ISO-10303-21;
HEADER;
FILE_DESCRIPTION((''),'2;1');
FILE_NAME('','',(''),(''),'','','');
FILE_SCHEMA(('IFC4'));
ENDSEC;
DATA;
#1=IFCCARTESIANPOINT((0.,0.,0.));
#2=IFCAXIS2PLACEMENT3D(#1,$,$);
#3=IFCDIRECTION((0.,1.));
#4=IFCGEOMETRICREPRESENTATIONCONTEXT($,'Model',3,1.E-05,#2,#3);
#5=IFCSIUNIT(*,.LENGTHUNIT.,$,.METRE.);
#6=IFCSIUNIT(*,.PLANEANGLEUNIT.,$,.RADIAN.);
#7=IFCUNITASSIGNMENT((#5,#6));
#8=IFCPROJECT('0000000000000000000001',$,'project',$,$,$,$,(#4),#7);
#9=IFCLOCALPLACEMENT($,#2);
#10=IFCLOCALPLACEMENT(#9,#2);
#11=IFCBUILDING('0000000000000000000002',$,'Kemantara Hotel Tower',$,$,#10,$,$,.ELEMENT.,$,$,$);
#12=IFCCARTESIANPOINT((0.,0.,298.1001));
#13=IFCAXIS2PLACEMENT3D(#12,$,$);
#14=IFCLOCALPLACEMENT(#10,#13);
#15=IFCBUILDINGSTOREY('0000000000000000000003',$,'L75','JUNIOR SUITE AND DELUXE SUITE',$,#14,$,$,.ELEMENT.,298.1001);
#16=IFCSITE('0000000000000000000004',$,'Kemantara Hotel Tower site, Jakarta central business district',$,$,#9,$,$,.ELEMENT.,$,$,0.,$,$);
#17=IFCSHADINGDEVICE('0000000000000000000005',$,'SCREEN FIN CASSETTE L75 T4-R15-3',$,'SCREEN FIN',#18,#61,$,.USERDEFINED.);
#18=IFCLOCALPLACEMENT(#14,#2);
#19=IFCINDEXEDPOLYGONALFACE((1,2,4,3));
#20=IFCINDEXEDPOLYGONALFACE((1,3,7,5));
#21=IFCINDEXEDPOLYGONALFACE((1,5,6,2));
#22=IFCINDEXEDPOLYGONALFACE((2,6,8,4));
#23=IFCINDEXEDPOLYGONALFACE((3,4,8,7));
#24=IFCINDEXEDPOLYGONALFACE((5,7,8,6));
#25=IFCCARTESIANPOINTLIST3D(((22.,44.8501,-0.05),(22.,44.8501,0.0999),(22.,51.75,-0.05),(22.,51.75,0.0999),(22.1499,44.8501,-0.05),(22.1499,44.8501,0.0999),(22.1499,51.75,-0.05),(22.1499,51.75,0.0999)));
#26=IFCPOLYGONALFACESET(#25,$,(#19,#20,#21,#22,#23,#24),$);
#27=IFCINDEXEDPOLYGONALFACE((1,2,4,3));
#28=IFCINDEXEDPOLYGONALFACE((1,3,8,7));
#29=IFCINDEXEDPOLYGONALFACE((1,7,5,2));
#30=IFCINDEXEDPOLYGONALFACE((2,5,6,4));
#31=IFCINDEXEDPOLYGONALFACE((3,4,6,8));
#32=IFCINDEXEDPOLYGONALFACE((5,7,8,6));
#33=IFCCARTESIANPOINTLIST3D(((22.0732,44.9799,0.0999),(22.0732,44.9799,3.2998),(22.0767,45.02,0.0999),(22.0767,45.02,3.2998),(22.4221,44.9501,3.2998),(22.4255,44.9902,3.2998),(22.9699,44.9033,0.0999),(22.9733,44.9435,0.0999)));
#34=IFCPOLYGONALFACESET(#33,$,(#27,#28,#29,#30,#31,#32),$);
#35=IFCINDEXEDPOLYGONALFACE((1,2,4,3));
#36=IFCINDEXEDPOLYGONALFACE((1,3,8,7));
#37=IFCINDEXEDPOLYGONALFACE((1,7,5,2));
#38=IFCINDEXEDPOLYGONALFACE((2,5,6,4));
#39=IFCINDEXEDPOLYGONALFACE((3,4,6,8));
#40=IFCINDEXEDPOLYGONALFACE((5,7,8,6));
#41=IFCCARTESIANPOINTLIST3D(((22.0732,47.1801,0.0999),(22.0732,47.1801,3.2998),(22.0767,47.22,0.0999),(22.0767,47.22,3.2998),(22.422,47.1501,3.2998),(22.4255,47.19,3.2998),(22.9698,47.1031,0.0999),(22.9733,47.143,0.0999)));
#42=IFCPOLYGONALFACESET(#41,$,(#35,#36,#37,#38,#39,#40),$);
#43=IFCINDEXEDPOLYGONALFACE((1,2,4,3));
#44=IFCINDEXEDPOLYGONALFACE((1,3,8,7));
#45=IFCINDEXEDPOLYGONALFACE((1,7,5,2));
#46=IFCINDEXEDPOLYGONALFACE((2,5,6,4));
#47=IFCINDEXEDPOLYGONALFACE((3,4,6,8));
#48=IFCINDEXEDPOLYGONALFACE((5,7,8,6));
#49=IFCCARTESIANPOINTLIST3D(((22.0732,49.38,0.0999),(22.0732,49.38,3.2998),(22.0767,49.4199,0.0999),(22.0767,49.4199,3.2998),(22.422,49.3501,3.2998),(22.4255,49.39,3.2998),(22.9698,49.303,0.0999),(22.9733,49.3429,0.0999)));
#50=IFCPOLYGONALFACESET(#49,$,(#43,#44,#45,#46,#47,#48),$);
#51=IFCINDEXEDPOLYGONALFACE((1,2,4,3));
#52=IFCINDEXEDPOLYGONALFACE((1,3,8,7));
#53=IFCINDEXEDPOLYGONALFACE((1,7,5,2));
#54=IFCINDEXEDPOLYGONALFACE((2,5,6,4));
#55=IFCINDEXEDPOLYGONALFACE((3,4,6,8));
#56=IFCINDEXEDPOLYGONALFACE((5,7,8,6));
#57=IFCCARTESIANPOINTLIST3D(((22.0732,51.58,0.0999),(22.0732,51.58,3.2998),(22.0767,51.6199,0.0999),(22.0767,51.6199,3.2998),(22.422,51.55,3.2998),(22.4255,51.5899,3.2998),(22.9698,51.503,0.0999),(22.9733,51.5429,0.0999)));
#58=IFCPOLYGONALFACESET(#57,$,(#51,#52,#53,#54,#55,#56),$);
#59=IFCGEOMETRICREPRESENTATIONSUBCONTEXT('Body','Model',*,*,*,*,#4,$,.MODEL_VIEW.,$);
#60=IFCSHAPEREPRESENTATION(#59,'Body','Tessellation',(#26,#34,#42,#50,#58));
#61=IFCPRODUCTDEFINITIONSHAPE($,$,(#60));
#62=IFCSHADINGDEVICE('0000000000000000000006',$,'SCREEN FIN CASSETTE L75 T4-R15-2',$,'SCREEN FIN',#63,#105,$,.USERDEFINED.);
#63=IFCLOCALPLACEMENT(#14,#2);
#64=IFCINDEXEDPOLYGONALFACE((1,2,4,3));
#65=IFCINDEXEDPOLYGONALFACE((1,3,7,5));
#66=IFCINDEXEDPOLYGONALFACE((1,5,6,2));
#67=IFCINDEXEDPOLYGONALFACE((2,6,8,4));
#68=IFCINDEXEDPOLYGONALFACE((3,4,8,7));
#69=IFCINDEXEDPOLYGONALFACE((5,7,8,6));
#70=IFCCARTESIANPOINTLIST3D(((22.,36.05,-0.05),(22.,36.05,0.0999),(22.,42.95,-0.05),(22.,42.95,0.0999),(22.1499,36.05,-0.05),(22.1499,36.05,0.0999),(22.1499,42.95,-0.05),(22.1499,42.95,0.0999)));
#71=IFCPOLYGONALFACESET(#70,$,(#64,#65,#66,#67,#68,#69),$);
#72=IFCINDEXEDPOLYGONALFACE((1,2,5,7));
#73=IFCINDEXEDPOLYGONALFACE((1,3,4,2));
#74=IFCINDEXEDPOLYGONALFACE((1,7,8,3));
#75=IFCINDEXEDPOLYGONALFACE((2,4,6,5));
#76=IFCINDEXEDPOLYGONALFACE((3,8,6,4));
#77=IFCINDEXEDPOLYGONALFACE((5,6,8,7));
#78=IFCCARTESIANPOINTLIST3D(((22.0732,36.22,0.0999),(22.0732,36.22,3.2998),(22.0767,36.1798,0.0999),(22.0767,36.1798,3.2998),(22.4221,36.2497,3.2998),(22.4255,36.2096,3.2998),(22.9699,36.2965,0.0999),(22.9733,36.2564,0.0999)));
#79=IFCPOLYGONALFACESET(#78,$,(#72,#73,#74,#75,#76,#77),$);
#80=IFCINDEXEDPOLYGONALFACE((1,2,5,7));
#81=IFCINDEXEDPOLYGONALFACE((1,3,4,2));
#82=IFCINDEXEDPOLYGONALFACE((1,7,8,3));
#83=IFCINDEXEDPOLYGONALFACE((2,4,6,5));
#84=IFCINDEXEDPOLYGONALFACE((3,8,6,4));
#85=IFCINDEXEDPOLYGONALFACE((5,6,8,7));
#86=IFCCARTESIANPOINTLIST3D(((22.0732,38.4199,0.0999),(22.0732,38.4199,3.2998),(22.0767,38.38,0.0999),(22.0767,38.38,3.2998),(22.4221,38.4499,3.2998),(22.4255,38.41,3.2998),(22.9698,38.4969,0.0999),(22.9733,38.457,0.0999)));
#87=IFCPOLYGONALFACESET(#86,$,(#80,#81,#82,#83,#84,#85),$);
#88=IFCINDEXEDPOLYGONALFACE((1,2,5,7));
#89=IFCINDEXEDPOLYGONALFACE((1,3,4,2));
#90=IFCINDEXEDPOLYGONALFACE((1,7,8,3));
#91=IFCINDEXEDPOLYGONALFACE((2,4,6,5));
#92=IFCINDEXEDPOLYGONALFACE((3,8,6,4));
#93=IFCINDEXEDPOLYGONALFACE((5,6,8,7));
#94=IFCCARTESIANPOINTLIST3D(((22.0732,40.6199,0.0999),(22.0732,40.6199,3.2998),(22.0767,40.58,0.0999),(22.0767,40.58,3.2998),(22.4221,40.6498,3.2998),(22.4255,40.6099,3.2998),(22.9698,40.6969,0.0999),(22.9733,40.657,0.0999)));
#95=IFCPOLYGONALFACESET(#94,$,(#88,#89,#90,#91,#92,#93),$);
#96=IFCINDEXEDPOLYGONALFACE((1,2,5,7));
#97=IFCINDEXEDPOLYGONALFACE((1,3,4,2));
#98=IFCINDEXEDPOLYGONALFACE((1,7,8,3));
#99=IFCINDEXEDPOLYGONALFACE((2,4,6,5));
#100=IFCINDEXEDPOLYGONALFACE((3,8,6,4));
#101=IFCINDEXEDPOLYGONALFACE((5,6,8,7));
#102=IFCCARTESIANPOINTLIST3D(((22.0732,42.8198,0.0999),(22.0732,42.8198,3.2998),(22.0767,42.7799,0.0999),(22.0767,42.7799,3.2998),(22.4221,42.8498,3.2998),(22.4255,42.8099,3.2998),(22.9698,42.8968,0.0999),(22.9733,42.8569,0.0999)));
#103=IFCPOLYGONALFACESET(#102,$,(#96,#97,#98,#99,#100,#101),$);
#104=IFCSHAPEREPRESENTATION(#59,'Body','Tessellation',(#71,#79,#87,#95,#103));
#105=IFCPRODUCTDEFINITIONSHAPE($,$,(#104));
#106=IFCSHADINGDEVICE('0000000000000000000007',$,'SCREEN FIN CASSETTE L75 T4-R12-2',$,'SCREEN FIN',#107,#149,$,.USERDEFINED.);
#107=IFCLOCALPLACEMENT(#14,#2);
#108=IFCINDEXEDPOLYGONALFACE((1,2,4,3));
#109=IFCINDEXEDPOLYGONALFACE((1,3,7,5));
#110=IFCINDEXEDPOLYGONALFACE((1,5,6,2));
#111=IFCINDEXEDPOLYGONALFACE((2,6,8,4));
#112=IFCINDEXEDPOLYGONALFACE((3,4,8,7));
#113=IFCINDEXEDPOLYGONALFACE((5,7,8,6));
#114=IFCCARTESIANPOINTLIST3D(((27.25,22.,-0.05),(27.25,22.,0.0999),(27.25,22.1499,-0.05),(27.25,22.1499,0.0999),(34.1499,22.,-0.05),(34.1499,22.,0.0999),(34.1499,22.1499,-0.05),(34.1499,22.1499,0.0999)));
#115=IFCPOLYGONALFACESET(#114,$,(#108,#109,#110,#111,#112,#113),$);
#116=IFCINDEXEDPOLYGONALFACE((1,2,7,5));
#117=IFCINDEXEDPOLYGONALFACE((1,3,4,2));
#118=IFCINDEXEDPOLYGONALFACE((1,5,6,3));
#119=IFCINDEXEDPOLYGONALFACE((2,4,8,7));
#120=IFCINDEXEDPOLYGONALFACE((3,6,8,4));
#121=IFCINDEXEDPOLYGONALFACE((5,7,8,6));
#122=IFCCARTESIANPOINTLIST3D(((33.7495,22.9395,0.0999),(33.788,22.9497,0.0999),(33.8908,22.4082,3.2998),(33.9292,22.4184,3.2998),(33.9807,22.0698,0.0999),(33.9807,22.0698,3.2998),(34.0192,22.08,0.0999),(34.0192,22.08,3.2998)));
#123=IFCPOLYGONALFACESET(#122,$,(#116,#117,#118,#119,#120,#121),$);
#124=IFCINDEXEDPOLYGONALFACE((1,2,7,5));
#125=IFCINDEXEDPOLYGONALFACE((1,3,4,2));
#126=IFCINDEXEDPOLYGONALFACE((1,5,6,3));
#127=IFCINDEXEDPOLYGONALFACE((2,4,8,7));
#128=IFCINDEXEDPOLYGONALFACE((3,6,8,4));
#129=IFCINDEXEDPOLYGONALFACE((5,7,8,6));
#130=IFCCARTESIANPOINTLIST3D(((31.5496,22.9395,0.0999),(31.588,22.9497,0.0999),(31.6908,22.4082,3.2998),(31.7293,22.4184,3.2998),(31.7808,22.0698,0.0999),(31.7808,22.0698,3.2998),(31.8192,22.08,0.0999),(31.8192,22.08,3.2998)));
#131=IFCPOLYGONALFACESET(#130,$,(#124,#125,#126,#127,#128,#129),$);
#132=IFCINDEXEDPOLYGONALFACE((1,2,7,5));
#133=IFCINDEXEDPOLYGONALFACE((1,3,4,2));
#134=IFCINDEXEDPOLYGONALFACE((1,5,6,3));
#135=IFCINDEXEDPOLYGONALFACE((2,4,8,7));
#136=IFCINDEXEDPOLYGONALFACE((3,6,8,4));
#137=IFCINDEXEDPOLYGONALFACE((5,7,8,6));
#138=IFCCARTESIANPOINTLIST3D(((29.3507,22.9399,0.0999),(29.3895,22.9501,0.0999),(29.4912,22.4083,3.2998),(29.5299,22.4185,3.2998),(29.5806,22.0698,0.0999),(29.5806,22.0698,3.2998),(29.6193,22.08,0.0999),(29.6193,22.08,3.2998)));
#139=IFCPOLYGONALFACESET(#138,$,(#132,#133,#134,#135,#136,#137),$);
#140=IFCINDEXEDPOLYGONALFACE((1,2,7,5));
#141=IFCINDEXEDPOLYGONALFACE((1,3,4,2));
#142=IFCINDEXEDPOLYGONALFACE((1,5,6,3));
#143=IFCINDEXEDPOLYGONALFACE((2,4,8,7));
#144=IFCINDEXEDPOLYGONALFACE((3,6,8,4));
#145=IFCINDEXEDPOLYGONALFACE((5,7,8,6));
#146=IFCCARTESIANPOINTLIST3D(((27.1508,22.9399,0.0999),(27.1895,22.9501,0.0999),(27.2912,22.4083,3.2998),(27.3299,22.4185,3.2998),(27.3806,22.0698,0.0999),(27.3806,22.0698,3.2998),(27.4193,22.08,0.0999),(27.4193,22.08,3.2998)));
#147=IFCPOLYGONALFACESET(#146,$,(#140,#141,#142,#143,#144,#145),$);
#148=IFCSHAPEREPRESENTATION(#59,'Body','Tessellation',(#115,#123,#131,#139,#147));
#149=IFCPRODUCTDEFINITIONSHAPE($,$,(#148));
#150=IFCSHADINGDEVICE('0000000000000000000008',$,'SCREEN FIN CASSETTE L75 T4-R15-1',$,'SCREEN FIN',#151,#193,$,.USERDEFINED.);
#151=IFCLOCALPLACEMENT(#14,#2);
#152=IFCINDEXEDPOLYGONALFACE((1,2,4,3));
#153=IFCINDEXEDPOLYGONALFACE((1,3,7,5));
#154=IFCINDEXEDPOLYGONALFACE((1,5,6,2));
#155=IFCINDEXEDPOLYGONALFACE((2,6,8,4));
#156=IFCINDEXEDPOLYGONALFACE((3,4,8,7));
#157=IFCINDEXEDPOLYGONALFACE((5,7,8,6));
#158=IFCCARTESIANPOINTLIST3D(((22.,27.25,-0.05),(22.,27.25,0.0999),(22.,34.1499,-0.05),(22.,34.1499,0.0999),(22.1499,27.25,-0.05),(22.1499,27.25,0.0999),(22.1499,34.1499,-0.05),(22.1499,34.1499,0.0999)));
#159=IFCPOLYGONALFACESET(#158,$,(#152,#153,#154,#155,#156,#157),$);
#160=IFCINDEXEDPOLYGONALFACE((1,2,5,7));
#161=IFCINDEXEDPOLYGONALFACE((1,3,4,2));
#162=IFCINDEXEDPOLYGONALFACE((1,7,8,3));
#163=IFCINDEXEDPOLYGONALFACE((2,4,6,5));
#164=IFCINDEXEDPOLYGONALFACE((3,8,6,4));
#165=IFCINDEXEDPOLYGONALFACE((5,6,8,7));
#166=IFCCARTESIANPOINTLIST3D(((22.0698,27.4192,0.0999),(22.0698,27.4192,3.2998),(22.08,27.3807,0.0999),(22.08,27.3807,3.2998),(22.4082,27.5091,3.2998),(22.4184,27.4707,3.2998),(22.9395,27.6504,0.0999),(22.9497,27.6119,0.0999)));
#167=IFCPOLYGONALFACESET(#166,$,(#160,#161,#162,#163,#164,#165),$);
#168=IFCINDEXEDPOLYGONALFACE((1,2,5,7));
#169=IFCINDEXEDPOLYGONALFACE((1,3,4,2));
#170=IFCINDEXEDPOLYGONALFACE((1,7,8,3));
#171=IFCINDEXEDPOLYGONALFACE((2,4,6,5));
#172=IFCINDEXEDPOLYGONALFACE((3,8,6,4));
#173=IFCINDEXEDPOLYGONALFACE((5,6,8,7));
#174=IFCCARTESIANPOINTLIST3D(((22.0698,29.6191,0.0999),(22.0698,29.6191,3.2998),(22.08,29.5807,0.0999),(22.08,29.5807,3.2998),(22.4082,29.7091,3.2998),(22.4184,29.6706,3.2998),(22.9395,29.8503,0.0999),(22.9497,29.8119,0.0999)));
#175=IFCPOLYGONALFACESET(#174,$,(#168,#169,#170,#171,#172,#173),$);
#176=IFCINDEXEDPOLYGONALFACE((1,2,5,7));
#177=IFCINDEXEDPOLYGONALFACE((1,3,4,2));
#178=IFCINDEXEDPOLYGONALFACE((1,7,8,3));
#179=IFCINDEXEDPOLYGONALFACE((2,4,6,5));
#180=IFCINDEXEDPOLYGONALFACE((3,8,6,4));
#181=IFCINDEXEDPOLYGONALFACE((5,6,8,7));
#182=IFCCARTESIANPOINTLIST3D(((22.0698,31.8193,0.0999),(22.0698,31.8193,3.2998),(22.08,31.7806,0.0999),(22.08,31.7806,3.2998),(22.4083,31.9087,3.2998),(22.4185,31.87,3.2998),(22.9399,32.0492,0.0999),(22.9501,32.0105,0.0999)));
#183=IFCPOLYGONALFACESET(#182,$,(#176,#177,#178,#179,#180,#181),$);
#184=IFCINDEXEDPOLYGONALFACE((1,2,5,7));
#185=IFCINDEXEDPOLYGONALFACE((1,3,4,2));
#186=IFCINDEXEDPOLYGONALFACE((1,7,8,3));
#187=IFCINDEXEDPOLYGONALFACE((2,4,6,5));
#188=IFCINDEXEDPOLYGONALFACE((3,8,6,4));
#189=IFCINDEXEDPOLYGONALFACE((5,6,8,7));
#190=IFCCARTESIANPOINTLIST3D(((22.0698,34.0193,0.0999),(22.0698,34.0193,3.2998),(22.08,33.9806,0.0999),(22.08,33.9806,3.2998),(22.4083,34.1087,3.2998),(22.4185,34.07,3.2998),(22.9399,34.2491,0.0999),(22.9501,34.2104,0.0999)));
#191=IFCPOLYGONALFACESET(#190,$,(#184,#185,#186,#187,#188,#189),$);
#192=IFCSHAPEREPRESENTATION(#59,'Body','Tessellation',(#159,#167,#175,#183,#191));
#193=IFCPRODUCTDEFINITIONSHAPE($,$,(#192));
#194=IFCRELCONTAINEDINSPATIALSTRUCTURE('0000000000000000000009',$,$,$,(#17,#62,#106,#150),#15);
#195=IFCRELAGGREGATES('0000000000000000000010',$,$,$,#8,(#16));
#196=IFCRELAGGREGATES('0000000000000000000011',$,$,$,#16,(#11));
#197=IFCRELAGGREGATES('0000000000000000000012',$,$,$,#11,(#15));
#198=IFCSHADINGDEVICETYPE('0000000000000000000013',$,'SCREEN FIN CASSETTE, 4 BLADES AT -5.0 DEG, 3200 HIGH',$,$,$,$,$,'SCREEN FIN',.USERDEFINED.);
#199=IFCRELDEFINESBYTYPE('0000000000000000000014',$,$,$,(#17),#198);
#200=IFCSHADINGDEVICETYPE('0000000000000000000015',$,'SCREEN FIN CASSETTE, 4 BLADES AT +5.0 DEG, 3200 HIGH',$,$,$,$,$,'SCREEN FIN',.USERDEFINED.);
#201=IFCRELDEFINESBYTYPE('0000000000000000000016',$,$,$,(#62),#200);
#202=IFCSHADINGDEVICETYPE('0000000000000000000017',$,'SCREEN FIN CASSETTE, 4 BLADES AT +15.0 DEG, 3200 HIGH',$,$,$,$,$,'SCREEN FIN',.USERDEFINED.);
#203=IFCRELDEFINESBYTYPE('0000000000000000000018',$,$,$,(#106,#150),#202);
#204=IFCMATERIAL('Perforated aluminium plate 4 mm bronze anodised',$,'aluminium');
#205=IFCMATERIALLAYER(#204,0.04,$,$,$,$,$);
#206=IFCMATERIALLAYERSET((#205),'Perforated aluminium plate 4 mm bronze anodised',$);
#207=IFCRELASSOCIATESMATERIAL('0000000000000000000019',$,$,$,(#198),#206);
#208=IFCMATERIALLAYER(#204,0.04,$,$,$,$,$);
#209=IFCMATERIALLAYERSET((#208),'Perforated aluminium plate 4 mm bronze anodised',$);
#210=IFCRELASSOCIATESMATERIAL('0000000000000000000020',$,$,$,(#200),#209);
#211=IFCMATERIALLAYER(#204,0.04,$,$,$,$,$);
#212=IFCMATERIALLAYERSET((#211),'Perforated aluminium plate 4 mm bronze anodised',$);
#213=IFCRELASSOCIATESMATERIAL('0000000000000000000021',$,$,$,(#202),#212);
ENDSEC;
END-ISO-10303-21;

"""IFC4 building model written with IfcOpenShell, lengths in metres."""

from ifc_helpers import new_model, si_unit, direction, frame, origin, origin_2d, place, context, subcontext, project, spatial, polyline, rectangle, outline, extrude, source, transform, mapped, material, layer, layer_set, type_object, element, save


model = new_model("IFC4")

# Units and contexts
model_context = context("Model", 3, precision=1e-05, world=origin(), true_north=direction((0.0, 1.0)))
body_context = subcontext(model_context, "Body", "Model", "MODEL_VIEW")
ifc_project = project(units=[si_unit("LENGTHUNIT", "METRE"), si_unit("PLANEANGLEUNIT", "RADIAN")], contexts=[model_context])

# Site, building, storey
site_placement = place(None, origin())
site = spatial("IfcSite", under=ifc_project, at=site_placement, Name="Kemantara Hotel Tower site, Jakarta central business district", CompositionType="ELEMENT", RefElevation=0.0)
building_placement = place(site_placement, origin())
building = spatial("IfcBuilding", under=site, at=building_placement, Name="Kemantara Hotel Tower", CompositionType="ELEMENT")
storey_placement = place(building_placement, frame((0.0, 0.0, 298.1001)))
storey = spatial("IfcBuildingStorey", under=building, at=storey_placement, Name="L75", Description="JUNIOR SUITE AND DELUXE SUITE", CompositionType="ELEMENT", Elevation=298.1001)

# Shading devices
ifc_material_1 = material(Name="Perforated aluminium plate 4 mm bronze anodised", Category="aluminium")
ifc_layer_1 = layer(ifc_material_1, 0.04)
ifc_layer_set_1 = layer_set([ifc_layer_1], Name="Perforated aluminium plate 4 mm bronze anodised")
shading_device_type_1 = type_object("IfcShadingDeviceType", Name="SCREEN FIN CASSETTE, 4 BLADES AT -5.0 DEG, 3200 HIGH", ElementType="SCREEN FIN", PredefinedType="USERDEFINED", material=ifc_layer_set_1)
shared_shape_1 = source(origin(), body_context, "Body", "SweptSolid", [
    extrude(rectangle(XDim=6.8999, YDim=0.1499, at=origin_2d()), frame((3.3, -0.075, -0.1499), z_axis=(0.0, 0.0, 1.0), x_axis=(1.0, 0.0, 0.0)), (0.0, 0.0, 1.0), 0.1499),
    extrude(outline(polyline([(0.0, 0.0), (0.8999, 0.0), (0.3501, 3.2), (0.0, 3.2), (0.0, 0.0)])), frame((0.02, -0.0767, 0.0), z_axis=(-0.996376, 0.085056, 0.0), x_axis=(-0.085056, -0.996376, 0.0)), (0.0, 0.0, 1.0), 0.0403),
    extrude(outline(polyline([(0.0, 0.0), (0.8999, 0.0), (0.3501, 3.2), (0.0, 3.2), (0.0, 0.0)])), frame((2.22, -0.0767, 0.0), z_axis=(-0.996332, 0.085575, 0.0), x_axis=(-0.085575, -0.996332, 0.0)), (0.0, 0.0, 1.0), 0.04),
    extrude(outline(polyline([(0.0, 0.0), (0.8999, 0.0), (0.3501, 3.2), (0.0, 3.2), (0.0, 0.0)])), frame((4.4199, -0.0767, 0.0), z_axis=(-0.996332, 0.085575, 0.0), x_axis=(-0.085575, -0.996332, 0.0)), (0.0, 0.0, 1.0), 0.04),
    extrude(outline(polyline([(0.0, 0.0), (0.8999, 0.0), (0.3501, 3.2), (0.0, 3.2), (0.0, 0.0)])), frame((6.6199, -0.0767, 0.0), z_axis=(-0.996332, 0.085575, 0.0), x_axis=(-0.085575, -0.996332, 0.0)), (0.0, 0.0, 1.0), 0.04),
])
shading_device_1_placement = place(storey_placement, frame((22.0, 45.0, 0.0999), z_axis=(0.0, 0.0, 1.0), x_axis=(0.0, 1.0, 0.0)))
element("IfcShadingDevice", 1, at=shading_device_1_placement, inside=storey, type_object=shading_device_type_1, Name="SCREEN FIN CASSETTE L75 T4-R15-3", ObjectType="SCREEN FIN", PredefinedType="USERDEFINED", context=body_context, shape_type="MappedRepresentation", body=[
    mapped(shared_shape_1, transform((0.0, 0.0, 0.0))),
])
ifc_layer_2 = layer(ifc_material_1, 0.04)
ifc_layer_set_2 = layer_set([ifc_layer_2], Name="Perforated aluminium plate 4 mm bronze anodised")
shading_device_type_2 = type_object("IfcShadingDeviceType", Name="SCREEN FIN CASSETTE, 4 BLADES AT +5.0 DEG, 3200 HIGH", ElementType="SCREEN FIN", PredefinedType="USERDEFINED", material=ifc_layer_set_2)
shared_shape_2 = source(origin(), body_context, "Body", "SweptSolid", [
    extrude(rectangle(XDim=6.8999, YDim=0.1499, at=origin_2d()), frame((3.3, -0.075, -0.1499), z_axis=(0.0, 0.0, 1.0), x_axis=(1.0, 0.0, 0.0)), (0.0, 0.0, 1.0), 0.1499),
    extrude(outline(polyline([(0.0, 0.0), (0.8999, 0.0), (0.3501, 3.2), (0.0, 3.2), (0.0, 0.0)])), frame((0.02, -0.0732, 0.0), z_axis=(-0.996376, -0.085056, 0.0), x_axis=(0.085056, -0.996376, 0.0)), (0.0, 0.0, 1.0), 0.0403),
    extrude(outline(polyline([(0.0, 0.0), (0.8999, 0.0), (0.3501, 3.2), (0.0, 3.2), (0.0, 0.0)])), frame((2.22, -0.0732, 0.0), z_axis=(-0.996332, -0.085575, 0.0), x_axis=(0.085575, -0.996332, 0.0)), (0.0, 0.0, 1.0), 0.04),
    extrude(outline(polyline([(0.0, 0.0), (0.8999, 0.0), (0.3501, 3.2), (0.0, 3.2), (0.0, 0.0)])), frame((4.4199, -0.0732, 0.0), z_axis=(-0.996332, -0.085575, 0.0), x_axis=(0.085575, -0.996332, 0.0)), (0.0, 0.0, 1.0), 0.04),
    extrude(outline(polyline([(0.0, 0.0), (0.8999, 0.0), (0.3501, 3.2), (0.0, 3.2), (0.0, 0.0)])), frame((6.6199, -0.0732, 0.0), z_axis=(-0.996332, -0.085575, 0.0), x_axis=(0.085575, -0.996332, 0.0)), (0.0, 0.0, 1.0), 0.04),
])
shading_device_2_placement = place(storey_placement, frame((22.0, 36.2, 0.0999), z_axis=(0.0, 0.0, 1.0), x_axis=(0.0, 1.0, 0.0)))
element("IfcShadingDevice", 2, at=shading_device_2_placement, inside=storey, type_object=shading_device_type_2, Name="SCREEN FIN CASSETTE L75 T4-R15-2", ObjectType="SCREEN FIN", PredefinedType="USERDEFINED", context=body_context, shape_type="MappedRepresentation", body=[
    mapped(shared_shape_2, transform((0.0, 0.0, 0.0))),
])
ifc_layer_3 = layer(ifc_material_1, 0.04)
ifc_layer_set_3 = layer_set([ifc_layer_3], Name="Perforated aluminium plate 4 mm bronze anodised")
shading_device_type_3 = type_object("IfcShadingDeviceType", Name="SCREEN FIN CASSETTE, 4 BLADES AT +15.0 DEG, 3200 HIGH", ElementType="SCREEN FIN", PredefinedType="USERDEFINED", material=ifc_layer_set_3)
shared_shape_3 = source(origin(), body_context, "Body", "SweptSolid", [
    extrude(rectangle(XDim=6.8999, YDim=0.1499, at=origin_2d()), frame((3.3, -0.075, -0.1499), z_axis=(0.0, 0.0, 1.0), x_axis=(1.0, 0.0, 0.0)), (0.0, 0.0, 1.0), 0.1499),
    extrude(outline(polyline([(0.0, 0.0), (0.8999, 0.0), (0.3501, 3.2), (0.0, 3.2), (0.0, 0.0)])), frame((0.0193, -0.0698, 0.0), z_axis=(-0.966438, -0.256901, 0.0), x_axis=(0.256901, -0.966438, 0.0)), (0.0, 0.0, 1.0), 0.0398),
    extrude(outline(polyline([(0.0, 0.0), (0.8999, 0.0), (0.3501, 3.2), (0.0, 3.2), (0.0, 0.0)])), frame((2.2192, -0.0698, 0.0), z_axis=(-0.966438, -0.256901, 0.0), x_axis=(0.256901, -0.966438, 0.0)), (0.0, 0.0, 1.0), 0.0398),
    extrude(outline(polyline([(0.0, 0.0), (0.8999, 0.0), (0.3501, 3.2), (0.0, 3.2), (0.0, 0.0)])), frame((4.4194, -0.0698, 0.0), z_axis=(-0.966838, -0.255391, 0.0), x_axis=(0.255391, -0.966838, 0.0)), (0.0, 0.0, 1.0), 0.04),
    extrude(outline(polyline([(0.0, 0.0), (0.8999, 0.0), (0.3501, 3.2), (0.0, 3.2), (0.0, 0.0)])), frame((6.6194, -0.0698, 0.0), z_axis=(-0.966838, -0.255391, 0.0), x_axis=(0.255391, -0.966838, 0.0)), (0.0, 0.0, 1.0), 0.04),
])
for number, where, z_axis, x_axis, name in (
    (3, (34.0, 22.0, 0.0999), (0.0, 0.0, 1.0), (-1.0, 0.0, 0.0), "SCREEN FIN CASSETTE L75 T4-R12-2"),
    (4, (22.0, 27.3999, 0.0999), (0.0, 0.0, 1.0), (0.0, 1.0, 0.0), "SCREEN FIN CASSETTE L75 T4-R15-1"),
):
    element("IfcShadingDevice", number, at=place(storey_placement, frame(where, z_axis=z_axis, x_axis=x_axis)), inside=storey, type_object=shading_device_type_3, Name=name, ObjectType="SCREEN FIN", PredefinedType="USERDEFINED", context=body_context, shape_type="MappedRepresentation", body=[
        mapped(shared_shape_3, transform((0.0, 0.0, 0.0))),
    ])

save(model, "model.ifc")
